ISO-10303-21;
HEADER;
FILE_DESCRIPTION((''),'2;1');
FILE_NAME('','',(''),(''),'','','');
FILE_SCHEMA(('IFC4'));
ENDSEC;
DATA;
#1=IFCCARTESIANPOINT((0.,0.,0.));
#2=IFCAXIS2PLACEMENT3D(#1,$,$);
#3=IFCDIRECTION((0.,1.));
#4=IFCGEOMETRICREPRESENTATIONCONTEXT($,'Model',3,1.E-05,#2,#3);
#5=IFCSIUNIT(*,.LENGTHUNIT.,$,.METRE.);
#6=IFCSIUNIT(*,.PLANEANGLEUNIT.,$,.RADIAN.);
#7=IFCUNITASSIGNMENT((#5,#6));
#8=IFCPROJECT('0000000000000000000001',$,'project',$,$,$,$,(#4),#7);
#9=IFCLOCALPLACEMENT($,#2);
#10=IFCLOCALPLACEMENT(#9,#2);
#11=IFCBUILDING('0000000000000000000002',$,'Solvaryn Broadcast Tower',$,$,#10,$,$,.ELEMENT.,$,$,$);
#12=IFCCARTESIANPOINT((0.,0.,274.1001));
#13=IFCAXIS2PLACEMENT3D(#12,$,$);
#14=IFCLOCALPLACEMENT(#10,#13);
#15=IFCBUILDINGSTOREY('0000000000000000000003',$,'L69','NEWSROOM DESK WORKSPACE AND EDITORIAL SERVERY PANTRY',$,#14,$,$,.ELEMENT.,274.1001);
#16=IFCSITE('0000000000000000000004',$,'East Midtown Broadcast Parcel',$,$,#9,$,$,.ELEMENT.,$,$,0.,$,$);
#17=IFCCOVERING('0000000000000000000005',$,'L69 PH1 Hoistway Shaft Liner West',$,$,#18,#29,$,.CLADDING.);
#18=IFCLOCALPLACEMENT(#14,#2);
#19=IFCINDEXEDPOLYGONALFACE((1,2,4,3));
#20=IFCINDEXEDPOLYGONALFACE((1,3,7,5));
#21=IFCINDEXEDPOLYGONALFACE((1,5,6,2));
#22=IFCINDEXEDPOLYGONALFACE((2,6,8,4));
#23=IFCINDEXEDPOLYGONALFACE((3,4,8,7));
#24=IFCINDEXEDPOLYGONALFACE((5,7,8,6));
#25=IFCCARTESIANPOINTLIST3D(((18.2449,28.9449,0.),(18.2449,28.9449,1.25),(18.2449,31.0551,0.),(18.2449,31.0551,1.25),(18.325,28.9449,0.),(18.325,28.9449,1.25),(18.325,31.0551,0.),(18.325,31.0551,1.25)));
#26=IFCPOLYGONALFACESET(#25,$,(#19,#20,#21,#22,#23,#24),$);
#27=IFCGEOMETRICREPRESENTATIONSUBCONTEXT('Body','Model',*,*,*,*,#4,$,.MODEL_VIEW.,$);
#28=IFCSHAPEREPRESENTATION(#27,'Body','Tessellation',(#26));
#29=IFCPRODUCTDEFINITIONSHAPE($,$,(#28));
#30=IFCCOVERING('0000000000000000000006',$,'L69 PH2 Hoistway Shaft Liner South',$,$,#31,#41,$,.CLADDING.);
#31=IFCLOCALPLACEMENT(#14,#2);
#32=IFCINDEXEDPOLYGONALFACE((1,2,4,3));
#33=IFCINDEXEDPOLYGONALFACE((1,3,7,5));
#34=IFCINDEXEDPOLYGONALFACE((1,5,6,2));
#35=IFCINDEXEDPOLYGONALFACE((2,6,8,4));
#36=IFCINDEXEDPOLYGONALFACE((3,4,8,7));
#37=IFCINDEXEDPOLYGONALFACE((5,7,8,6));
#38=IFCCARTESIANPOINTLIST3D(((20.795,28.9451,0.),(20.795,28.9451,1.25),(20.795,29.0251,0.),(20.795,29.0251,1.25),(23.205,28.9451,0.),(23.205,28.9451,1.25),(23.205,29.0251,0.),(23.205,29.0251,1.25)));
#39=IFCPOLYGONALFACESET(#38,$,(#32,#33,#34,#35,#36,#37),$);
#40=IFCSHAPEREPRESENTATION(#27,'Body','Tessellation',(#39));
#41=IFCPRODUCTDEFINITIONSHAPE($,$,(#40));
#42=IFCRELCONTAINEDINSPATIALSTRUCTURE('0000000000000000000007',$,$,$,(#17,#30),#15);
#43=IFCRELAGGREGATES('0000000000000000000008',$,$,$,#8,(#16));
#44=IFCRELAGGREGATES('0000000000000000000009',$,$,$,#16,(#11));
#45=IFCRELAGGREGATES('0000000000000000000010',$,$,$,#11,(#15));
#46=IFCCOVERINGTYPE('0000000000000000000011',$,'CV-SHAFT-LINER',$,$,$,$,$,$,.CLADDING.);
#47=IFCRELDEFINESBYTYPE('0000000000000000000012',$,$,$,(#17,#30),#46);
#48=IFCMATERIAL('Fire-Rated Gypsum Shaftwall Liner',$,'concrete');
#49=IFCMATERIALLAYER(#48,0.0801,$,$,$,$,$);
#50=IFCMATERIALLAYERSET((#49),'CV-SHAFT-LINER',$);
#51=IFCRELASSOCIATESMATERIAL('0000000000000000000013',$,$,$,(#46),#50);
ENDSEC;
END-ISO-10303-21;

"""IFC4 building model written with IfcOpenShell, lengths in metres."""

from ifc_helpers import new_model, si_unit, direction, frame, origin, origin_2d, place, context, subcontext, project, spatial, rectangle, extrude, material, layer, layer_set, type_object, element, save


model = new_model("IFC4")

# Units and contexts
model_context = context("Model", 3, precision=1e-05, world=origin(), true_north=direction((0.0, 1.0)))
body_context = subcontext(model_context, "Body", "Model", "MODEL_VIEW")
ifc_project = project(units=[si_unit("LENGTHUNIT", "METRE"), si_unit("PLANEANGLEUNIT", "RADIAN")], contexts=[model_context])

# Site, building, storey
site_placement = place(None, origin())
site = spatial("IfcSite", under=ifc_project, at=site_placement, Name="East Midtown Broadcast Parcel", CompositionType="ELEMENT", RefElevation=0.0)
building_placement = place(site_placement, origin())
building = spatial("IfcBuilding", under=site, at=building_placement, Name="Solvaryn Broadcast Tower", CompositionType="ELEMENT")
storey_placement = place(building_placement, frame((0.0, 0.0, 274.1001)))
storey = spatial("IfcBuildingStorey", under=building, at=storey_placement, Name="L69", Description="NEWSROOM DESK WORKSPACE AND EDITORIAL SERVERY PANTRY", CompositionType="ELEMENT", Elevation=274.1001)

# Coverings
ifc_material_1 = material(Name="Fire-Rated Gypsum Shaftwall Liner", Category="concrete")
ifc_layer_1 = layer(ifc_material_1, 0.0801)
ifc_layer_set_1 = layer_set([ifc_layer_1], Name="CV-SHAFT-LINER")
covering_type = type_object("IfcCoveringType", Name="CV-SHAFT-LINER", PredefinedType="CLADDING", material=ifc_layer_set_1)
for number, where, z_axis, x_axis, name in (
    (1, (18.2849, 30.0, 0.0), (0.0, 0.0, 1.0), (1.0, 0.0, 0.0), "L69 PH1 Hoistway Shaft Liner West"),
):
    element("IfcCovering", number, at=place(storey_placement, frame(where, z_axis=z_axis, x_axis=x_axis)), inside=storey, type_object=covering_type, Name=name, PredefinedType="CLADDING", context=body_context, shape_type="SweptSolid", body=[
        extrude(rectangle(XDim=0.0801, YDim=2.1101, at=origin_2d()), origin(), (0.0, 0.0, 1.0), 1.25),
    ])
covering_1_placement = place(storey_placement, frame((22.0, 28.9851, 0.0), z_axis=(0.0, 0.0, 1.0), x_axis=(1.0, 0.0, 0.0)))
element("IfcCovering", 2, at=covering_1_placement, inside=storey, type_object=covering_type, Name="L69 PH2 Hoistway Shaft Liner South", PredefinedType="CLADDING", context=body_context, shape_type="SweptSolid", body=[
    extrude(rectangle(XDim=2.4099, YDim=0.0801, at=origin_2d()), origin(), (0.0, 0.0, 1.0), 1.25),
])

save(model, "model.ifc")
